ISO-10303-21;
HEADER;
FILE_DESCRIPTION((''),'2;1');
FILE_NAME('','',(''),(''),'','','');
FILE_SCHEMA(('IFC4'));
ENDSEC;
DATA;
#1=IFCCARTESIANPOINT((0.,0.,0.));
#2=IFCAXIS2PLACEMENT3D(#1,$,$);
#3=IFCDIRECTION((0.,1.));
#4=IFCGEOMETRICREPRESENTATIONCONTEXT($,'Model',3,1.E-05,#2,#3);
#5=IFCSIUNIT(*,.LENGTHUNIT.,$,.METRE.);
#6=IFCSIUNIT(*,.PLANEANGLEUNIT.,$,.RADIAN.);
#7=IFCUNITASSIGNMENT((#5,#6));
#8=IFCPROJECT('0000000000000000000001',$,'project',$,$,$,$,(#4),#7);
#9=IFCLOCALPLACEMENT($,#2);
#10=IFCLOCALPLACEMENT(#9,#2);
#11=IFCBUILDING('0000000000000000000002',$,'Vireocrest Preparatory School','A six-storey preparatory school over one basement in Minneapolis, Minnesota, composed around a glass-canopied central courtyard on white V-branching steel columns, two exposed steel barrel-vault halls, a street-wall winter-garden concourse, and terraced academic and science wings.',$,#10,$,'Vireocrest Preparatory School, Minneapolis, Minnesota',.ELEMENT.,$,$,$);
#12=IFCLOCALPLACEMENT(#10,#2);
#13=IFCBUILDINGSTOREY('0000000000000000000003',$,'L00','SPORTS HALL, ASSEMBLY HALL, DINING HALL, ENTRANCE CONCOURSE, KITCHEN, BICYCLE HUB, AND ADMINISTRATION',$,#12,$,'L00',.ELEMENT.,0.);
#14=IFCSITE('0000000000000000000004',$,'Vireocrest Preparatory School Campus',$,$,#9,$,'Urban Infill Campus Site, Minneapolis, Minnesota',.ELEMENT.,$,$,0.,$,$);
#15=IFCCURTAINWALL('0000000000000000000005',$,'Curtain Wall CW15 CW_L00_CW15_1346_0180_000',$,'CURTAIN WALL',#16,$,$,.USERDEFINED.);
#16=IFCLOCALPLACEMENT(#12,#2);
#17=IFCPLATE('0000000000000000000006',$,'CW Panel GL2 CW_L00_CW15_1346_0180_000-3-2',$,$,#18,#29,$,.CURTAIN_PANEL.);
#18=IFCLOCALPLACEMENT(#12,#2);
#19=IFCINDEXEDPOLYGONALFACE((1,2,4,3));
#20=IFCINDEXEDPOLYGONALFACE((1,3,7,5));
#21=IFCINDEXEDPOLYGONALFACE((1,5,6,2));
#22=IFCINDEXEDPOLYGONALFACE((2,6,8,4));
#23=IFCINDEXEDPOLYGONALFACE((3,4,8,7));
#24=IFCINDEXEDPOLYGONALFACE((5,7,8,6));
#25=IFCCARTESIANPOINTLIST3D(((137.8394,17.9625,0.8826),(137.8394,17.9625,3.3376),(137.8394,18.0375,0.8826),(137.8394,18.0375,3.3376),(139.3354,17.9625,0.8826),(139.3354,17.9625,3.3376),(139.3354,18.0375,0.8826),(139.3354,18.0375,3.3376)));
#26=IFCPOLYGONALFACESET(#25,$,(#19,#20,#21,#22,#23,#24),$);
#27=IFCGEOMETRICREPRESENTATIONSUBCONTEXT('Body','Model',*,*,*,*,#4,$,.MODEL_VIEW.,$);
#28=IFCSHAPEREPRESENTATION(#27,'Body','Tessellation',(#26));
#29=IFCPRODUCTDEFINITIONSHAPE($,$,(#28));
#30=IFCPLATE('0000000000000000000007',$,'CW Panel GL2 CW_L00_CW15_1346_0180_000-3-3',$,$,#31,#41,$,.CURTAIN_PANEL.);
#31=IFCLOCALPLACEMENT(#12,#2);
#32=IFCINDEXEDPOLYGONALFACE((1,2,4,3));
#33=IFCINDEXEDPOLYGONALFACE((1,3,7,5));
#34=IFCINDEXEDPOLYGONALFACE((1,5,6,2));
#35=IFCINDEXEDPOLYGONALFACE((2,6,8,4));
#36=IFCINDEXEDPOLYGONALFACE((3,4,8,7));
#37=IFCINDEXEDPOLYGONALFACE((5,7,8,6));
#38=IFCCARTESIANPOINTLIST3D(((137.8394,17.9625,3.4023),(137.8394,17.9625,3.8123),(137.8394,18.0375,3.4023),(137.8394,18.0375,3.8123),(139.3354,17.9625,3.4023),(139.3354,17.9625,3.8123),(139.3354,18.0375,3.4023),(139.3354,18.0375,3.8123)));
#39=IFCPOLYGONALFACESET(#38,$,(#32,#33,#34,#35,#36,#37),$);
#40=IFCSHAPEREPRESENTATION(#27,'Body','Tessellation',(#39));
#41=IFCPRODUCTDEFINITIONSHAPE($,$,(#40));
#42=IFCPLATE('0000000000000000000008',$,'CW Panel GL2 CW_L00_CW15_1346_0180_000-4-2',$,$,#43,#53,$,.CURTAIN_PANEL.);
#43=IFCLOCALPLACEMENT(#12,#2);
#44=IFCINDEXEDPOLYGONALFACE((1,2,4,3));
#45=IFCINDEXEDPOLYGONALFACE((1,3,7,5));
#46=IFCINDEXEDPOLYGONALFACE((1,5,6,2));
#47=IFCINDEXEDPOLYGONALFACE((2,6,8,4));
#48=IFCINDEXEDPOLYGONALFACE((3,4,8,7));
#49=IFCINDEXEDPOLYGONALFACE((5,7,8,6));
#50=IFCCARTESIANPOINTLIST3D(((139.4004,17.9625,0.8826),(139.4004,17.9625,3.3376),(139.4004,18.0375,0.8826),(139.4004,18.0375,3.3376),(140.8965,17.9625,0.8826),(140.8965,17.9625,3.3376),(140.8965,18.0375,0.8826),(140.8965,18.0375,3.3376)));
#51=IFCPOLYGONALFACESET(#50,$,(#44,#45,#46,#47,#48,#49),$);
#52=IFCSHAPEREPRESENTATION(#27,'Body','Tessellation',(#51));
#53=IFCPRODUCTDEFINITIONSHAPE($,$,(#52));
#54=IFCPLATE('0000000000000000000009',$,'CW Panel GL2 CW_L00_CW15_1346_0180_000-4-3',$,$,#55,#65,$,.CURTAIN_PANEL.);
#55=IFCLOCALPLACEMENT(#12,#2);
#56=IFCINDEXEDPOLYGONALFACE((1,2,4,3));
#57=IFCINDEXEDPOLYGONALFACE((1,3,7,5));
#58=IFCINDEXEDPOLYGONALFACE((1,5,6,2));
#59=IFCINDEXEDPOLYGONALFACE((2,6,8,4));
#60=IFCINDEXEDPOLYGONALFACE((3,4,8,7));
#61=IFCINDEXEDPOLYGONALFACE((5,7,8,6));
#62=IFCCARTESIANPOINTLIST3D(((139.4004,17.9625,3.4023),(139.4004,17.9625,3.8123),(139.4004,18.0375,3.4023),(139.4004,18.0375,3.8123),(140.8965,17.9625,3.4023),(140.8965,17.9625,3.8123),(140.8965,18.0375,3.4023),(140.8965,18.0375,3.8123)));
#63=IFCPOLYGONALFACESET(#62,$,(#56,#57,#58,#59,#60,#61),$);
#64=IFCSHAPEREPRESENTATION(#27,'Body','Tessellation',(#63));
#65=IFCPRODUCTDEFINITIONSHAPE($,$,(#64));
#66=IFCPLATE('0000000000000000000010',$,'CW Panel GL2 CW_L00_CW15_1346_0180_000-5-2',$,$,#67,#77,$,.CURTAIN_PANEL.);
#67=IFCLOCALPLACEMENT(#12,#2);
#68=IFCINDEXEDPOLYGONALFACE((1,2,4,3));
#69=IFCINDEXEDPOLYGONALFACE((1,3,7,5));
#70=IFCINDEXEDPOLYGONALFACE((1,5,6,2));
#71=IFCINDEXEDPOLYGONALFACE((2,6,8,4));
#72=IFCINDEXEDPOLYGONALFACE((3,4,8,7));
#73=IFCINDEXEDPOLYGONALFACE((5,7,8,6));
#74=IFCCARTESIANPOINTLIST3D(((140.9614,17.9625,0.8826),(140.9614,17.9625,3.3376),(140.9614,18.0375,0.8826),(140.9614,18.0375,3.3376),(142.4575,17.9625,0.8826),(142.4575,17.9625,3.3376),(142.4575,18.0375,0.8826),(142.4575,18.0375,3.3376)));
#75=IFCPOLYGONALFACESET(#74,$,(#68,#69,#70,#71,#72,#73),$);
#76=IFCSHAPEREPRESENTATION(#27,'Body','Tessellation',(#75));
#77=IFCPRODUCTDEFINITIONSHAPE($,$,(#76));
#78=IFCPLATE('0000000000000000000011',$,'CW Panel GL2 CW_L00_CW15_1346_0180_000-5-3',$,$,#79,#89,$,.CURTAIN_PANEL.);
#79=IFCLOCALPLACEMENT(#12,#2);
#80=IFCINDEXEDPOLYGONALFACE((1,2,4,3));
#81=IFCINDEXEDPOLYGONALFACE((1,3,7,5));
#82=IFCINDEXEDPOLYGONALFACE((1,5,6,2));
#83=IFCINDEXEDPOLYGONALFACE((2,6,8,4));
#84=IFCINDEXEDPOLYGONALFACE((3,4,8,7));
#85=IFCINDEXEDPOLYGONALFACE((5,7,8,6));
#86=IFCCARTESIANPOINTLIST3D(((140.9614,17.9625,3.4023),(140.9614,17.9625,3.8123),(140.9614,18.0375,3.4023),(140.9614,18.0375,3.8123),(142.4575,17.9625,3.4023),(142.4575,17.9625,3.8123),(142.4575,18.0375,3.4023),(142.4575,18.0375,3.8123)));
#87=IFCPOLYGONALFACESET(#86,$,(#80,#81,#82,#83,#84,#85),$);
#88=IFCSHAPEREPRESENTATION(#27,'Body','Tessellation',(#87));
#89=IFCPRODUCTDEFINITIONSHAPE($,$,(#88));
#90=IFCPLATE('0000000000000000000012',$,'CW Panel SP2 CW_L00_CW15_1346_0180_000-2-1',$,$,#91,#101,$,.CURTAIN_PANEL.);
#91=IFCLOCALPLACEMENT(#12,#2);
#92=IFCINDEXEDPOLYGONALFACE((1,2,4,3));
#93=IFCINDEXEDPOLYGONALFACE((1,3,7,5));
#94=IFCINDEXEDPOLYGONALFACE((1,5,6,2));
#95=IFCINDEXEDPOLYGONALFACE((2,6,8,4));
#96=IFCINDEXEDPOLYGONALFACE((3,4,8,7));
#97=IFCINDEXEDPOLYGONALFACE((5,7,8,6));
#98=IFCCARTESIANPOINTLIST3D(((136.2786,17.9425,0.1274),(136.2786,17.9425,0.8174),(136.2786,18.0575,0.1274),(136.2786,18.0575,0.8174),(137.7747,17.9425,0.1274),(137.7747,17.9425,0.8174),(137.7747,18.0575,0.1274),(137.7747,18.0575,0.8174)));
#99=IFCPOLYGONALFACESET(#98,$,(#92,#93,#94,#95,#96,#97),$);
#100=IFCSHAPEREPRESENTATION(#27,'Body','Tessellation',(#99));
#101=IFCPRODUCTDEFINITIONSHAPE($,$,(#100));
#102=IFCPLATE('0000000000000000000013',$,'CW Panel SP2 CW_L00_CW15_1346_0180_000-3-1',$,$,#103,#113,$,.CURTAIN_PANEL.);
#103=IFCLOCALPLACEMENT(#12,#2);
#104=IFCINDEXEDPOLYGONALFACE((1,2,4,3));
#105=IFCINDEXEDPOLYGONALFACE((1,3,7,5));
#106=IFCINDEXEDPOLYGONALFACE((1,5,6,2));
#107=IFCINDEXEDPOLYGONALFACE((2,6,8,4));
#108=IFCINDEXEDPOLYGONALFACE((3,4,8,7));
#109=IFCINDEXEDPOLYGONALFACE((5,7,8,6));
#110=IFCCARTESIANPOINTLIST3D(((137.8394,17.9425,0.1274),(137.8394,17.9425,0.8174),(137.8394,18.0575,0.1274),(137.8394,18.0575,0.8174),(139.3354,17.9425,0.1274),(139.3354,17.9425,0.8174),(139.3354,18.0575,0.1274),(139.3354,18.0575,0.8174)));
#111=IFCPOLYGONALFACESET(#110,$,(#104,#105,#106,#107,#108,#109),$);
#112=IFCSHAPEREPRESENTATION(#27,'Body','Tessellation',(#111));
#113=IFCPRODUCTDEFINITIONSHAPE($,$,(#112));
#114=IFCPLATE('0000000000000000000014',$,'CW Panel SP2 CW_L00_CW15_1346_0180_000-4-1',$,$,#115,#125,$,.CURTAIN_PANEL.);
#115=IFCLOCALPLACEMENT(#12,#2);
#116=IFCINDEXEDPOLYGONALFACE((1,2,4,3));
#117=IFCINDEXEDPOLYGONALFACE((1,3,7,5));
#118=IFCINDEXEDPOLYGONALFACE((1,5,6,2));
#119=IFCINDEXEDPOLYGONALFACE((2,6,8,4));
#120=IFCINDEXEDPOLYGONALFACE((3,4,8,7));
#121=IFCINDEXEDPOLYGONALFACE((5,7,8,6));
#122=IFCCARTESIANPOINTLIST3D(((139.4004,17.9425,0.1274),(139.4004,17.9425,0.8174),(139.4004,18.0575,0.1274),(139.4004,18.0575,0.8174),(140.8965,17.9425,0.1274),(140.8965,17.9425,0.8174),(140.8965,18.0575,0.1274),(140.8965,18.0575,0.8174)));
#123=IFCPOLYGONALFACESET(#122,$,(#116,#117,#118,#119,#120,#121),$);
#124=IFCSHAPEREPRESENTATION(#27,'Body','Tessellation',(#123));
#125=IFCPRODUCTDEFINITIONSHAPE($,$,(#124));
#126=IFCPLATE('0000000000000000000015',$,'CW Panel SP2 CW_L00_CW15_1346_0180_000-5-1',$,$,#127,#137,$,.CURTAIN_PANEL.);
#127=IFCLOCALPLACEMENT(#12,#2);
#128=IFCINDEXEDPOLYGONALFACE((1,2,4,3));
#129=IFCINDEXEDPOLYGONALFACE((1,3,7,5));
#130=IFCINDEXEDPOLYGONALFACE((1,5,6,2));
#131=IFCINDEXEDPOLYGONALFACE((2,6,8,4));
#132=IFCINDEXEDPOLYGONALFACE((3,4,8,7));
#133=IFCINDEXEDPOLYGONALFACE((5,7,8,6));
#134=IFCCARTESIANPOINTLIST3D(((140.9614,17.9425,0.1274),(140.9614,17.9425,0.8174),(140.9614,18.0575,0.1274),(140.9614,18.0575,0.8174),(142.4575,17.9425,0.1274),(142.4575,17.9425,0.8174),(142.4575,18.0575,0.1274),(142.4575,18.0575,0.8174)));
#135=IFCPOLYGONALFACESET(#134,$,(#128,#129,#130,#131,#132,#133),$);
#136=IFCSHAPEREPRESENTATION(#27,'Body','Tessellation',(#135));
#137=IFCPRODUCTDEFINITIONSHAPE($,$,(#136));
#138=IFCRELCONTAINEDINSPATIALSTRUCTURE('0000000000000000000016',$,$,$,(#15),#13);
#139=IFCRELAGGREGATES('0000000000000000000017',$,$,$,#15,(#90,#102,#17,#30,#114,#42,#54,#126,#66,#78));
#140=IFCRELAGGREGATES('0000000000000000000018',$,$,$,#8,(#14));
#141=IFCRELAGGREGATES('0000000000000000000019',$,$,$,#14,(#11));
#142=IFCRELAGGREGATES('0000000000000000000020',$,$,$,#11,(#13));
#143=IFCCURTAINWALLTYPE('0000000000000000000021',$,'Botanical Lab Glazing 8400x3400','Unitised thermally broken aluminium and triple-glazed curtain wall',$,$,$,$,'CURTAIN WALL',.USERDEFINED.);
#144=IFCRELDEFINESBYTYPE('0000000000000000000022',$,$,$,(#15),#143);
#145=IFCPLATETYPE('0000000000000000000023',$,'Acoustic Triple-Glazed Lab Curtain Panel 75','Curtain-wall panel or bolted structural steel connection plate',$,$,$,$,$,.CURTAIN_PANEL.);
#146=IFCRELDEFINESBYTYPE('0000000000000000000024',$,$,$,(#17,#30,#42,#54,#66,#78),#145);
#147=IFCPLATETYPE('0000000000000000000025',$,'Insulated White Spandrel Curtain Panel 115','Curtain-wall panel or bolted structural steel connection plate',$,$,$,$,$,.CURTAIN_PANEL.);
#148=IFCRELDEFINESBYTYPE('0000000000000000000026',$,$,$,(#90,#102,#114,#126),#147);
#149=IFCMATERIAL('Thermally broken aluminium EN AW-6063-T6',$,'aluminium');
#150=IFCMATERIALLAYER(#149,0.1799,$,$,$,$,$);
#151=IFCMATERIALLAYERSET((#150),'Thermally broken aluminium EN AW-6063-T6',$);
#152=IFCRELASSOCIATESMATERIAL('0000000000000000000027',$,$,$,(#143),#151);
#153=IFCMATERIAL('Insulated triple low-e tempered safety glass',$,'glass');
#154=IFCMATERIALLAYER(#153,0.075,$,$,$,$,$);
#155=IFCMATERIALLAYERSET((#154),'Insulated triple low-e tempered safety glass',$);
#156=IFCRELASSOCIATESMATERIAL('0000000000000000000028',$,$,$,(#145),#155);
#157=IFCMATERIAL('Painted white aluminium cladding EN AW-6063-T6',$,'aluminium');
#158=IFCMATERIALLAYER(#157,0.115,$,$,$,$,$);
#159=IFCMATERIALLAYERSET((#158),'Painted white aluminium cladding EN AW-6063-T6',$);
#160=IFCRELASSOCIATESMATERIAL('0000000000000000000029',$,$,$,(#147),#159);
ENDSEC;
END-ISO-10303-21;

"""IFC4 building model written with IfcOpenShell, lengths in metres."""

from ifc_helpers import new_model, si_unit, direction, frame, origin, origin_2d, place, context, subcontext, project, spatial, rectangle, extrude, material, layer, layer_set, type_object, element, aggregate, save


model = new_model("IFC4")

# Units and contexts
model_context = context("Model", 3, precision=1e-05, world=origin(), true_north=direction((0.0, 1.0)))
body_context = subcontext(model_context, "Body", "Model", "MODEL_VIEW")
ifc_project = project(units=[si_unit("LENGTHUNIT", "METRE"), si_unit("PLANEANGLEUNIT", "RADIAN")], contexts=[model_context])

# Site, building, storey
site_placement = place(None, origin())
site = spatial("IfcSite", under=ifc_project, at=site_placement, Name="Vireocrest Preparatory School Campus", LongName="Urban Infill Campus Site, Minneapolis, Minnesota", CompositionType="ELEMENT", RefElevation=0.0)
building_placement = place(site_placement, origin())
building = spatial("IfcBuilding", under=site, at=building_placement, Name="Vireocrest Preparatory School", Description="A six-storey preparatory school over one basement in Minneapolis, Minnesota, composed around a glass-canopied central courtyard on white V-branching steel columns, two exposed steel barrel-vault halls, a street-wall winter-garden concourse, and terraced academic and science wings.", LongName="Vireocrest Preparatory School, Minneapolis, Minnesota", CompositionType="ELEMENT")
storey_placement = place(building_placement, origin())
storey = spatial("IfcBuildingStorey", under=building, at=storey_placement, Name="L00", Description="SPORTS HALL, ASSEMBLY HALL, DINING HALL, ENTRANCE CONCOURSE, KITCHEN, BICYCLE HUB, AND ADMINISTRATION", LongName="L00", CompositionType="ELEMENT", Elevation=0.0)

# Curtain wall
ifc_material_1 = material(Name="Thermally broken aluminium EN AW-6063-T6", Category="aluminium")
ifc_layer_1 = layer(ifc_material_1, 0.1799)
ifc_layer_set_1 = layer_set([ifc_layer_1], Name="Thermally broken aluminium EN AW-6063-T6")
curtain_wall_type = type_object("IfcCurtainWallType", Name="Botanical Lab Glazing 8400x3400", Description="Unitised thermally broken aluminium and triple-glazed curtain wall", ElementType="CURTAIN WALL", PredefinedType="USERDEFINED", material=ifc_layer_set_1)
curtain_wall_placement = place(storey_placement, origin())
curtain_wall = element("IfcCurtainWall", 1, at=curtain_wall_placement, inside=storey, type_object=curtain_wall_type, Name="Curtain Wall CW15 CW_L00_CW15_1346_0180_000", ObjectType="CURTAIN WALL", PredefinedType="USERDEFINED")

# Plates
ifc_material_2 = material(Name="Insulated triple low-e tempered safety glass", Category="glass")
ifc_layer_2 = layer(ifc_material_2, 0.075)
ifc_layer_set_2 = layer_set([ifc_layer_2], Name="Insulated triple low-e tempered safety glass")
plate_type_1 = type_object("IfcPlateType", Name="Acoustic Triple-Glazed Lab Curtain Panel 75", Description="Curtain-wall panel or bolted structural steel connection plate", PredefinedType="CURTAIN_PANEL", material=ifc_layer_set_2)
plate_1_placement = place(storey_placement, frame((138.5874, 18.0, 0.8826), z_axis=(0.0, 0.0, 1.0), x_axis=(1.0, 0.0, 0.0)))
plate_1 = element("IfcPlate", 2, at=plate_1_placement, type_object=plate_type_1, Name="CW Panel GL2 CW_L00_CW15_1346_0180_000-3-2", PredefinedType="CURTAIN_PANEL", context=body_context, shape_type="SweptSolid", body=[
    extrude(rectangle(XDim=1.4961, YDim=0.075, at=origin_2d()), origin(), (0.0, 0.0, 1.0), 2.4551),
])
plate_2_placement = place(storey_placement, frame((138.5874, 18.0, 3.4023), z_axis=(0.0, 0.0, 1.0), x_axis=(1.0, 0.0, 0.0)))
plate_2 = element("IfcPlate", 3, at=plate_2_placement, type_object=plate_type_1, Name="CW Panel GL2 CW_L00_CW15_1346_0180_000-3-3", PredefinedType="CURTAIN_PANEL", context=body_context, shape_type="SweptSolid", body=[
    extrude(rectangle(XDim=1.4961, YDim=0.075, at=origin_2d()), origin(), (0.0, 0.0, 1.0), 0.4099),
])
plate_3_placement = place(storey_placement, frame((140.1484, 18.0, 0.8826), z_axis=(0.0, 0.0, 1.0), x_axis=(1.0, 0.0, 0.0)))
plate_3 = element("IfcPlate", 4, at=plate_3_placement, type_object=plate_type_1, Name="CW Panel GL2 CW_L00_CW15_1346_0180_000-4-2", PredefinedType="CURTAIN_PANEL", context=body_context, shape_type="SweptSolid", body=[
    extrude(rectangle(XDim=1.4961, YDim=0.075, at=origin_2d()), origin(), (0.0, 0.0, 1.0), 2.4551),
])
plate_4_placement = place(storey_placement, frame((140.1484, 18.0, 3.4023), z_axis=(0.0, 0.0, 1.0), x_axis=(1.0, 0.0, 0.0)))
plate_4 = element("IfcPlate", 5, at=plate_4_placement, type_object=plate_type_1, Name="CW Panel GL2 CW_L00_CW15_1346_0180_000-4-3", PredefinedType="CURTAIN_PANEL", context=body_context, shape_type="SweptSolid", body=[
    extrude(rectangle(XDim=1.4961, YDim=0.075, at=origin_2d()), origin(), (0.0, 0.0, 1.0), 0.4099),
])
plate_5_placement = place(storey_placement, frame((141.7095, 18.0, 0.8826), z_axis=(0.0, 0.0, 1.0), x_axis=(1.0, 0.0, 0.0)))
plate_5 = element("IfcPlate", 6, at=plate_5_placement, type_object=plate_type_1, Name="CW Panel GL2 CW_L00_CW15_1346_0180_000-5-2", PredefinedType="CURTAIN_PANEL", context=body_context, shape_type="SweptSolid", body=[
    extrude(rectangle(XDim=1.4961, YDim=0.075, at=origin_2d()), origin(), (0.0, 0.0, 1.0), 2.4551),
])
plate_6_placement = place(storey_placement, frame((141.7095, 18.0, 3.4023), z_axis=(0.0, 0.0, 1.0), x_axis=(1.0, 0.0, 0.0)))
plate_6 = element("IfcPlate", 7, at=plate_6_placement, type_object=plate_type_1, Name="CW Panel GL2 CW_L00_CW15_1346_0180_000-5-3", PredefinedType="CURTAIN_PANEL", context=body_context, shape_type="SweptSolid", body=[
    extrude(rectangle(XDim=1.4961, YDim=0.075, at=origin_2d()), origin(), (0.0, 0.0, 1.0), 0.4099),
])
ifc_material_3 = material(Name="Painted white aluminium cladding EN AW-6063-T6", Category="aluminium")
ifc_layer_3 = layer(ifc_material_3, 0.115)
ifc_layer_set_3 = layer_set([ifc_layer_3], Name="Painted white aluminium cladding EN AW-6063-T6")
plate_type_2 = type_object("IfcPlateType", Name="Insulated White Spandrel Curtain Panel 115", Description="Curtain-wall panel or bolted structural steel connection plate", PredefinedType="CURTAIN_PANEL", material=ifc_layer_set_3)
plate_7_placement = place(storey_placement, frame((137.0266, 18.0, 0.1274), z_axis=(0.0, 0.0, 1.0), x_axis=(1.0, 0.0, 0.0)))
plate_7 = element("IfcPlate", 8, at=plate_7_placement, type_object=plate_type_2, Name="CW Panel SP2 CW_L00_CW15_1346_0180_000-2-1", PredefinedType="CURTAIN_PANEL", context=body_context, shape_type="SweptSolid", body=[
    extrude(rectangle(XDim=1.4961, YDim=0.115, at=origin_2d()), origin(), (0.0, 0.0, 1.0), 0.6899),
])
plate_8_placement = place(storey_placement, frame((138.5874, 18.0, 0.1274), z_axis=(0.0, 0.0, 1.0), x_axis=(1.0, 0.0, 0.0)))
plate_8 = element("IfcPlate", 9, at=plate_8_placement, type_object=plate_type_2, Name="CW Panel SP2 CW_L00_CW15_1346_0180_000-3-1", PredefinedType="CURTAIN_PANEL", context=body_context, shape_type="SweptSolid", body=[
    extrude(rectangle(XDim=1.4961, YDim=0.115, at=origin_2d()), origin(), (0.0, 0.0, 1.0), 0.6899),
])
plate_9_placement = place(storey_placement, frame((140.1484, 18.0, 0.1274), z_axis=(0.0, 0.0, 1.0), x_axis=(1.0, 0.0, 0.0)))
plate_9 = element("IfcPlate", 10, at=plate_9_placement, type_object=plate_type_2, Name="CW Panel SP2 CW_L00_CW15_1346_0180_000-4-1", PredefinedType="CURTAIN_PANEL", context=body_context, shape_type="SweptSolid", body=[
    extrude(rectangle(XDim=1.4961, YDim=0.115, at=origin_2d()), origin(), (0.0, 0.0, 1.0), 0.6899),
])
plate_10_placement = place(storey_placement, frame((141.7095, 18.0, 0.1274), z_axis=(0.0, 0.0, 1.0), x_axis=(1.0, 0.0, 0.0)))
plate_10 = element("IfcPlate", 11, at=plate_10_placement, type_object=plate_type_2, Name="CW Panel SP2 CW_L00_CW15_1346_0180_000-5-1", PredefinedType="CURTAIN_PANEL", context=body_context, shape_type="SweptSolid", body=[
    extrude(rectangle(XDim=1.4961, YDim=0.115, at=origin_2d()), origin(), (0.0, 0.0, 1.0), 0.6899),
])
aggregate(curtain_wall, [plate_7, plate_8, plate_1, plate_2, plate_9, plate_3, plate_4, plate_10, plate_5, plate_6])

save(model, "model.ifc")
